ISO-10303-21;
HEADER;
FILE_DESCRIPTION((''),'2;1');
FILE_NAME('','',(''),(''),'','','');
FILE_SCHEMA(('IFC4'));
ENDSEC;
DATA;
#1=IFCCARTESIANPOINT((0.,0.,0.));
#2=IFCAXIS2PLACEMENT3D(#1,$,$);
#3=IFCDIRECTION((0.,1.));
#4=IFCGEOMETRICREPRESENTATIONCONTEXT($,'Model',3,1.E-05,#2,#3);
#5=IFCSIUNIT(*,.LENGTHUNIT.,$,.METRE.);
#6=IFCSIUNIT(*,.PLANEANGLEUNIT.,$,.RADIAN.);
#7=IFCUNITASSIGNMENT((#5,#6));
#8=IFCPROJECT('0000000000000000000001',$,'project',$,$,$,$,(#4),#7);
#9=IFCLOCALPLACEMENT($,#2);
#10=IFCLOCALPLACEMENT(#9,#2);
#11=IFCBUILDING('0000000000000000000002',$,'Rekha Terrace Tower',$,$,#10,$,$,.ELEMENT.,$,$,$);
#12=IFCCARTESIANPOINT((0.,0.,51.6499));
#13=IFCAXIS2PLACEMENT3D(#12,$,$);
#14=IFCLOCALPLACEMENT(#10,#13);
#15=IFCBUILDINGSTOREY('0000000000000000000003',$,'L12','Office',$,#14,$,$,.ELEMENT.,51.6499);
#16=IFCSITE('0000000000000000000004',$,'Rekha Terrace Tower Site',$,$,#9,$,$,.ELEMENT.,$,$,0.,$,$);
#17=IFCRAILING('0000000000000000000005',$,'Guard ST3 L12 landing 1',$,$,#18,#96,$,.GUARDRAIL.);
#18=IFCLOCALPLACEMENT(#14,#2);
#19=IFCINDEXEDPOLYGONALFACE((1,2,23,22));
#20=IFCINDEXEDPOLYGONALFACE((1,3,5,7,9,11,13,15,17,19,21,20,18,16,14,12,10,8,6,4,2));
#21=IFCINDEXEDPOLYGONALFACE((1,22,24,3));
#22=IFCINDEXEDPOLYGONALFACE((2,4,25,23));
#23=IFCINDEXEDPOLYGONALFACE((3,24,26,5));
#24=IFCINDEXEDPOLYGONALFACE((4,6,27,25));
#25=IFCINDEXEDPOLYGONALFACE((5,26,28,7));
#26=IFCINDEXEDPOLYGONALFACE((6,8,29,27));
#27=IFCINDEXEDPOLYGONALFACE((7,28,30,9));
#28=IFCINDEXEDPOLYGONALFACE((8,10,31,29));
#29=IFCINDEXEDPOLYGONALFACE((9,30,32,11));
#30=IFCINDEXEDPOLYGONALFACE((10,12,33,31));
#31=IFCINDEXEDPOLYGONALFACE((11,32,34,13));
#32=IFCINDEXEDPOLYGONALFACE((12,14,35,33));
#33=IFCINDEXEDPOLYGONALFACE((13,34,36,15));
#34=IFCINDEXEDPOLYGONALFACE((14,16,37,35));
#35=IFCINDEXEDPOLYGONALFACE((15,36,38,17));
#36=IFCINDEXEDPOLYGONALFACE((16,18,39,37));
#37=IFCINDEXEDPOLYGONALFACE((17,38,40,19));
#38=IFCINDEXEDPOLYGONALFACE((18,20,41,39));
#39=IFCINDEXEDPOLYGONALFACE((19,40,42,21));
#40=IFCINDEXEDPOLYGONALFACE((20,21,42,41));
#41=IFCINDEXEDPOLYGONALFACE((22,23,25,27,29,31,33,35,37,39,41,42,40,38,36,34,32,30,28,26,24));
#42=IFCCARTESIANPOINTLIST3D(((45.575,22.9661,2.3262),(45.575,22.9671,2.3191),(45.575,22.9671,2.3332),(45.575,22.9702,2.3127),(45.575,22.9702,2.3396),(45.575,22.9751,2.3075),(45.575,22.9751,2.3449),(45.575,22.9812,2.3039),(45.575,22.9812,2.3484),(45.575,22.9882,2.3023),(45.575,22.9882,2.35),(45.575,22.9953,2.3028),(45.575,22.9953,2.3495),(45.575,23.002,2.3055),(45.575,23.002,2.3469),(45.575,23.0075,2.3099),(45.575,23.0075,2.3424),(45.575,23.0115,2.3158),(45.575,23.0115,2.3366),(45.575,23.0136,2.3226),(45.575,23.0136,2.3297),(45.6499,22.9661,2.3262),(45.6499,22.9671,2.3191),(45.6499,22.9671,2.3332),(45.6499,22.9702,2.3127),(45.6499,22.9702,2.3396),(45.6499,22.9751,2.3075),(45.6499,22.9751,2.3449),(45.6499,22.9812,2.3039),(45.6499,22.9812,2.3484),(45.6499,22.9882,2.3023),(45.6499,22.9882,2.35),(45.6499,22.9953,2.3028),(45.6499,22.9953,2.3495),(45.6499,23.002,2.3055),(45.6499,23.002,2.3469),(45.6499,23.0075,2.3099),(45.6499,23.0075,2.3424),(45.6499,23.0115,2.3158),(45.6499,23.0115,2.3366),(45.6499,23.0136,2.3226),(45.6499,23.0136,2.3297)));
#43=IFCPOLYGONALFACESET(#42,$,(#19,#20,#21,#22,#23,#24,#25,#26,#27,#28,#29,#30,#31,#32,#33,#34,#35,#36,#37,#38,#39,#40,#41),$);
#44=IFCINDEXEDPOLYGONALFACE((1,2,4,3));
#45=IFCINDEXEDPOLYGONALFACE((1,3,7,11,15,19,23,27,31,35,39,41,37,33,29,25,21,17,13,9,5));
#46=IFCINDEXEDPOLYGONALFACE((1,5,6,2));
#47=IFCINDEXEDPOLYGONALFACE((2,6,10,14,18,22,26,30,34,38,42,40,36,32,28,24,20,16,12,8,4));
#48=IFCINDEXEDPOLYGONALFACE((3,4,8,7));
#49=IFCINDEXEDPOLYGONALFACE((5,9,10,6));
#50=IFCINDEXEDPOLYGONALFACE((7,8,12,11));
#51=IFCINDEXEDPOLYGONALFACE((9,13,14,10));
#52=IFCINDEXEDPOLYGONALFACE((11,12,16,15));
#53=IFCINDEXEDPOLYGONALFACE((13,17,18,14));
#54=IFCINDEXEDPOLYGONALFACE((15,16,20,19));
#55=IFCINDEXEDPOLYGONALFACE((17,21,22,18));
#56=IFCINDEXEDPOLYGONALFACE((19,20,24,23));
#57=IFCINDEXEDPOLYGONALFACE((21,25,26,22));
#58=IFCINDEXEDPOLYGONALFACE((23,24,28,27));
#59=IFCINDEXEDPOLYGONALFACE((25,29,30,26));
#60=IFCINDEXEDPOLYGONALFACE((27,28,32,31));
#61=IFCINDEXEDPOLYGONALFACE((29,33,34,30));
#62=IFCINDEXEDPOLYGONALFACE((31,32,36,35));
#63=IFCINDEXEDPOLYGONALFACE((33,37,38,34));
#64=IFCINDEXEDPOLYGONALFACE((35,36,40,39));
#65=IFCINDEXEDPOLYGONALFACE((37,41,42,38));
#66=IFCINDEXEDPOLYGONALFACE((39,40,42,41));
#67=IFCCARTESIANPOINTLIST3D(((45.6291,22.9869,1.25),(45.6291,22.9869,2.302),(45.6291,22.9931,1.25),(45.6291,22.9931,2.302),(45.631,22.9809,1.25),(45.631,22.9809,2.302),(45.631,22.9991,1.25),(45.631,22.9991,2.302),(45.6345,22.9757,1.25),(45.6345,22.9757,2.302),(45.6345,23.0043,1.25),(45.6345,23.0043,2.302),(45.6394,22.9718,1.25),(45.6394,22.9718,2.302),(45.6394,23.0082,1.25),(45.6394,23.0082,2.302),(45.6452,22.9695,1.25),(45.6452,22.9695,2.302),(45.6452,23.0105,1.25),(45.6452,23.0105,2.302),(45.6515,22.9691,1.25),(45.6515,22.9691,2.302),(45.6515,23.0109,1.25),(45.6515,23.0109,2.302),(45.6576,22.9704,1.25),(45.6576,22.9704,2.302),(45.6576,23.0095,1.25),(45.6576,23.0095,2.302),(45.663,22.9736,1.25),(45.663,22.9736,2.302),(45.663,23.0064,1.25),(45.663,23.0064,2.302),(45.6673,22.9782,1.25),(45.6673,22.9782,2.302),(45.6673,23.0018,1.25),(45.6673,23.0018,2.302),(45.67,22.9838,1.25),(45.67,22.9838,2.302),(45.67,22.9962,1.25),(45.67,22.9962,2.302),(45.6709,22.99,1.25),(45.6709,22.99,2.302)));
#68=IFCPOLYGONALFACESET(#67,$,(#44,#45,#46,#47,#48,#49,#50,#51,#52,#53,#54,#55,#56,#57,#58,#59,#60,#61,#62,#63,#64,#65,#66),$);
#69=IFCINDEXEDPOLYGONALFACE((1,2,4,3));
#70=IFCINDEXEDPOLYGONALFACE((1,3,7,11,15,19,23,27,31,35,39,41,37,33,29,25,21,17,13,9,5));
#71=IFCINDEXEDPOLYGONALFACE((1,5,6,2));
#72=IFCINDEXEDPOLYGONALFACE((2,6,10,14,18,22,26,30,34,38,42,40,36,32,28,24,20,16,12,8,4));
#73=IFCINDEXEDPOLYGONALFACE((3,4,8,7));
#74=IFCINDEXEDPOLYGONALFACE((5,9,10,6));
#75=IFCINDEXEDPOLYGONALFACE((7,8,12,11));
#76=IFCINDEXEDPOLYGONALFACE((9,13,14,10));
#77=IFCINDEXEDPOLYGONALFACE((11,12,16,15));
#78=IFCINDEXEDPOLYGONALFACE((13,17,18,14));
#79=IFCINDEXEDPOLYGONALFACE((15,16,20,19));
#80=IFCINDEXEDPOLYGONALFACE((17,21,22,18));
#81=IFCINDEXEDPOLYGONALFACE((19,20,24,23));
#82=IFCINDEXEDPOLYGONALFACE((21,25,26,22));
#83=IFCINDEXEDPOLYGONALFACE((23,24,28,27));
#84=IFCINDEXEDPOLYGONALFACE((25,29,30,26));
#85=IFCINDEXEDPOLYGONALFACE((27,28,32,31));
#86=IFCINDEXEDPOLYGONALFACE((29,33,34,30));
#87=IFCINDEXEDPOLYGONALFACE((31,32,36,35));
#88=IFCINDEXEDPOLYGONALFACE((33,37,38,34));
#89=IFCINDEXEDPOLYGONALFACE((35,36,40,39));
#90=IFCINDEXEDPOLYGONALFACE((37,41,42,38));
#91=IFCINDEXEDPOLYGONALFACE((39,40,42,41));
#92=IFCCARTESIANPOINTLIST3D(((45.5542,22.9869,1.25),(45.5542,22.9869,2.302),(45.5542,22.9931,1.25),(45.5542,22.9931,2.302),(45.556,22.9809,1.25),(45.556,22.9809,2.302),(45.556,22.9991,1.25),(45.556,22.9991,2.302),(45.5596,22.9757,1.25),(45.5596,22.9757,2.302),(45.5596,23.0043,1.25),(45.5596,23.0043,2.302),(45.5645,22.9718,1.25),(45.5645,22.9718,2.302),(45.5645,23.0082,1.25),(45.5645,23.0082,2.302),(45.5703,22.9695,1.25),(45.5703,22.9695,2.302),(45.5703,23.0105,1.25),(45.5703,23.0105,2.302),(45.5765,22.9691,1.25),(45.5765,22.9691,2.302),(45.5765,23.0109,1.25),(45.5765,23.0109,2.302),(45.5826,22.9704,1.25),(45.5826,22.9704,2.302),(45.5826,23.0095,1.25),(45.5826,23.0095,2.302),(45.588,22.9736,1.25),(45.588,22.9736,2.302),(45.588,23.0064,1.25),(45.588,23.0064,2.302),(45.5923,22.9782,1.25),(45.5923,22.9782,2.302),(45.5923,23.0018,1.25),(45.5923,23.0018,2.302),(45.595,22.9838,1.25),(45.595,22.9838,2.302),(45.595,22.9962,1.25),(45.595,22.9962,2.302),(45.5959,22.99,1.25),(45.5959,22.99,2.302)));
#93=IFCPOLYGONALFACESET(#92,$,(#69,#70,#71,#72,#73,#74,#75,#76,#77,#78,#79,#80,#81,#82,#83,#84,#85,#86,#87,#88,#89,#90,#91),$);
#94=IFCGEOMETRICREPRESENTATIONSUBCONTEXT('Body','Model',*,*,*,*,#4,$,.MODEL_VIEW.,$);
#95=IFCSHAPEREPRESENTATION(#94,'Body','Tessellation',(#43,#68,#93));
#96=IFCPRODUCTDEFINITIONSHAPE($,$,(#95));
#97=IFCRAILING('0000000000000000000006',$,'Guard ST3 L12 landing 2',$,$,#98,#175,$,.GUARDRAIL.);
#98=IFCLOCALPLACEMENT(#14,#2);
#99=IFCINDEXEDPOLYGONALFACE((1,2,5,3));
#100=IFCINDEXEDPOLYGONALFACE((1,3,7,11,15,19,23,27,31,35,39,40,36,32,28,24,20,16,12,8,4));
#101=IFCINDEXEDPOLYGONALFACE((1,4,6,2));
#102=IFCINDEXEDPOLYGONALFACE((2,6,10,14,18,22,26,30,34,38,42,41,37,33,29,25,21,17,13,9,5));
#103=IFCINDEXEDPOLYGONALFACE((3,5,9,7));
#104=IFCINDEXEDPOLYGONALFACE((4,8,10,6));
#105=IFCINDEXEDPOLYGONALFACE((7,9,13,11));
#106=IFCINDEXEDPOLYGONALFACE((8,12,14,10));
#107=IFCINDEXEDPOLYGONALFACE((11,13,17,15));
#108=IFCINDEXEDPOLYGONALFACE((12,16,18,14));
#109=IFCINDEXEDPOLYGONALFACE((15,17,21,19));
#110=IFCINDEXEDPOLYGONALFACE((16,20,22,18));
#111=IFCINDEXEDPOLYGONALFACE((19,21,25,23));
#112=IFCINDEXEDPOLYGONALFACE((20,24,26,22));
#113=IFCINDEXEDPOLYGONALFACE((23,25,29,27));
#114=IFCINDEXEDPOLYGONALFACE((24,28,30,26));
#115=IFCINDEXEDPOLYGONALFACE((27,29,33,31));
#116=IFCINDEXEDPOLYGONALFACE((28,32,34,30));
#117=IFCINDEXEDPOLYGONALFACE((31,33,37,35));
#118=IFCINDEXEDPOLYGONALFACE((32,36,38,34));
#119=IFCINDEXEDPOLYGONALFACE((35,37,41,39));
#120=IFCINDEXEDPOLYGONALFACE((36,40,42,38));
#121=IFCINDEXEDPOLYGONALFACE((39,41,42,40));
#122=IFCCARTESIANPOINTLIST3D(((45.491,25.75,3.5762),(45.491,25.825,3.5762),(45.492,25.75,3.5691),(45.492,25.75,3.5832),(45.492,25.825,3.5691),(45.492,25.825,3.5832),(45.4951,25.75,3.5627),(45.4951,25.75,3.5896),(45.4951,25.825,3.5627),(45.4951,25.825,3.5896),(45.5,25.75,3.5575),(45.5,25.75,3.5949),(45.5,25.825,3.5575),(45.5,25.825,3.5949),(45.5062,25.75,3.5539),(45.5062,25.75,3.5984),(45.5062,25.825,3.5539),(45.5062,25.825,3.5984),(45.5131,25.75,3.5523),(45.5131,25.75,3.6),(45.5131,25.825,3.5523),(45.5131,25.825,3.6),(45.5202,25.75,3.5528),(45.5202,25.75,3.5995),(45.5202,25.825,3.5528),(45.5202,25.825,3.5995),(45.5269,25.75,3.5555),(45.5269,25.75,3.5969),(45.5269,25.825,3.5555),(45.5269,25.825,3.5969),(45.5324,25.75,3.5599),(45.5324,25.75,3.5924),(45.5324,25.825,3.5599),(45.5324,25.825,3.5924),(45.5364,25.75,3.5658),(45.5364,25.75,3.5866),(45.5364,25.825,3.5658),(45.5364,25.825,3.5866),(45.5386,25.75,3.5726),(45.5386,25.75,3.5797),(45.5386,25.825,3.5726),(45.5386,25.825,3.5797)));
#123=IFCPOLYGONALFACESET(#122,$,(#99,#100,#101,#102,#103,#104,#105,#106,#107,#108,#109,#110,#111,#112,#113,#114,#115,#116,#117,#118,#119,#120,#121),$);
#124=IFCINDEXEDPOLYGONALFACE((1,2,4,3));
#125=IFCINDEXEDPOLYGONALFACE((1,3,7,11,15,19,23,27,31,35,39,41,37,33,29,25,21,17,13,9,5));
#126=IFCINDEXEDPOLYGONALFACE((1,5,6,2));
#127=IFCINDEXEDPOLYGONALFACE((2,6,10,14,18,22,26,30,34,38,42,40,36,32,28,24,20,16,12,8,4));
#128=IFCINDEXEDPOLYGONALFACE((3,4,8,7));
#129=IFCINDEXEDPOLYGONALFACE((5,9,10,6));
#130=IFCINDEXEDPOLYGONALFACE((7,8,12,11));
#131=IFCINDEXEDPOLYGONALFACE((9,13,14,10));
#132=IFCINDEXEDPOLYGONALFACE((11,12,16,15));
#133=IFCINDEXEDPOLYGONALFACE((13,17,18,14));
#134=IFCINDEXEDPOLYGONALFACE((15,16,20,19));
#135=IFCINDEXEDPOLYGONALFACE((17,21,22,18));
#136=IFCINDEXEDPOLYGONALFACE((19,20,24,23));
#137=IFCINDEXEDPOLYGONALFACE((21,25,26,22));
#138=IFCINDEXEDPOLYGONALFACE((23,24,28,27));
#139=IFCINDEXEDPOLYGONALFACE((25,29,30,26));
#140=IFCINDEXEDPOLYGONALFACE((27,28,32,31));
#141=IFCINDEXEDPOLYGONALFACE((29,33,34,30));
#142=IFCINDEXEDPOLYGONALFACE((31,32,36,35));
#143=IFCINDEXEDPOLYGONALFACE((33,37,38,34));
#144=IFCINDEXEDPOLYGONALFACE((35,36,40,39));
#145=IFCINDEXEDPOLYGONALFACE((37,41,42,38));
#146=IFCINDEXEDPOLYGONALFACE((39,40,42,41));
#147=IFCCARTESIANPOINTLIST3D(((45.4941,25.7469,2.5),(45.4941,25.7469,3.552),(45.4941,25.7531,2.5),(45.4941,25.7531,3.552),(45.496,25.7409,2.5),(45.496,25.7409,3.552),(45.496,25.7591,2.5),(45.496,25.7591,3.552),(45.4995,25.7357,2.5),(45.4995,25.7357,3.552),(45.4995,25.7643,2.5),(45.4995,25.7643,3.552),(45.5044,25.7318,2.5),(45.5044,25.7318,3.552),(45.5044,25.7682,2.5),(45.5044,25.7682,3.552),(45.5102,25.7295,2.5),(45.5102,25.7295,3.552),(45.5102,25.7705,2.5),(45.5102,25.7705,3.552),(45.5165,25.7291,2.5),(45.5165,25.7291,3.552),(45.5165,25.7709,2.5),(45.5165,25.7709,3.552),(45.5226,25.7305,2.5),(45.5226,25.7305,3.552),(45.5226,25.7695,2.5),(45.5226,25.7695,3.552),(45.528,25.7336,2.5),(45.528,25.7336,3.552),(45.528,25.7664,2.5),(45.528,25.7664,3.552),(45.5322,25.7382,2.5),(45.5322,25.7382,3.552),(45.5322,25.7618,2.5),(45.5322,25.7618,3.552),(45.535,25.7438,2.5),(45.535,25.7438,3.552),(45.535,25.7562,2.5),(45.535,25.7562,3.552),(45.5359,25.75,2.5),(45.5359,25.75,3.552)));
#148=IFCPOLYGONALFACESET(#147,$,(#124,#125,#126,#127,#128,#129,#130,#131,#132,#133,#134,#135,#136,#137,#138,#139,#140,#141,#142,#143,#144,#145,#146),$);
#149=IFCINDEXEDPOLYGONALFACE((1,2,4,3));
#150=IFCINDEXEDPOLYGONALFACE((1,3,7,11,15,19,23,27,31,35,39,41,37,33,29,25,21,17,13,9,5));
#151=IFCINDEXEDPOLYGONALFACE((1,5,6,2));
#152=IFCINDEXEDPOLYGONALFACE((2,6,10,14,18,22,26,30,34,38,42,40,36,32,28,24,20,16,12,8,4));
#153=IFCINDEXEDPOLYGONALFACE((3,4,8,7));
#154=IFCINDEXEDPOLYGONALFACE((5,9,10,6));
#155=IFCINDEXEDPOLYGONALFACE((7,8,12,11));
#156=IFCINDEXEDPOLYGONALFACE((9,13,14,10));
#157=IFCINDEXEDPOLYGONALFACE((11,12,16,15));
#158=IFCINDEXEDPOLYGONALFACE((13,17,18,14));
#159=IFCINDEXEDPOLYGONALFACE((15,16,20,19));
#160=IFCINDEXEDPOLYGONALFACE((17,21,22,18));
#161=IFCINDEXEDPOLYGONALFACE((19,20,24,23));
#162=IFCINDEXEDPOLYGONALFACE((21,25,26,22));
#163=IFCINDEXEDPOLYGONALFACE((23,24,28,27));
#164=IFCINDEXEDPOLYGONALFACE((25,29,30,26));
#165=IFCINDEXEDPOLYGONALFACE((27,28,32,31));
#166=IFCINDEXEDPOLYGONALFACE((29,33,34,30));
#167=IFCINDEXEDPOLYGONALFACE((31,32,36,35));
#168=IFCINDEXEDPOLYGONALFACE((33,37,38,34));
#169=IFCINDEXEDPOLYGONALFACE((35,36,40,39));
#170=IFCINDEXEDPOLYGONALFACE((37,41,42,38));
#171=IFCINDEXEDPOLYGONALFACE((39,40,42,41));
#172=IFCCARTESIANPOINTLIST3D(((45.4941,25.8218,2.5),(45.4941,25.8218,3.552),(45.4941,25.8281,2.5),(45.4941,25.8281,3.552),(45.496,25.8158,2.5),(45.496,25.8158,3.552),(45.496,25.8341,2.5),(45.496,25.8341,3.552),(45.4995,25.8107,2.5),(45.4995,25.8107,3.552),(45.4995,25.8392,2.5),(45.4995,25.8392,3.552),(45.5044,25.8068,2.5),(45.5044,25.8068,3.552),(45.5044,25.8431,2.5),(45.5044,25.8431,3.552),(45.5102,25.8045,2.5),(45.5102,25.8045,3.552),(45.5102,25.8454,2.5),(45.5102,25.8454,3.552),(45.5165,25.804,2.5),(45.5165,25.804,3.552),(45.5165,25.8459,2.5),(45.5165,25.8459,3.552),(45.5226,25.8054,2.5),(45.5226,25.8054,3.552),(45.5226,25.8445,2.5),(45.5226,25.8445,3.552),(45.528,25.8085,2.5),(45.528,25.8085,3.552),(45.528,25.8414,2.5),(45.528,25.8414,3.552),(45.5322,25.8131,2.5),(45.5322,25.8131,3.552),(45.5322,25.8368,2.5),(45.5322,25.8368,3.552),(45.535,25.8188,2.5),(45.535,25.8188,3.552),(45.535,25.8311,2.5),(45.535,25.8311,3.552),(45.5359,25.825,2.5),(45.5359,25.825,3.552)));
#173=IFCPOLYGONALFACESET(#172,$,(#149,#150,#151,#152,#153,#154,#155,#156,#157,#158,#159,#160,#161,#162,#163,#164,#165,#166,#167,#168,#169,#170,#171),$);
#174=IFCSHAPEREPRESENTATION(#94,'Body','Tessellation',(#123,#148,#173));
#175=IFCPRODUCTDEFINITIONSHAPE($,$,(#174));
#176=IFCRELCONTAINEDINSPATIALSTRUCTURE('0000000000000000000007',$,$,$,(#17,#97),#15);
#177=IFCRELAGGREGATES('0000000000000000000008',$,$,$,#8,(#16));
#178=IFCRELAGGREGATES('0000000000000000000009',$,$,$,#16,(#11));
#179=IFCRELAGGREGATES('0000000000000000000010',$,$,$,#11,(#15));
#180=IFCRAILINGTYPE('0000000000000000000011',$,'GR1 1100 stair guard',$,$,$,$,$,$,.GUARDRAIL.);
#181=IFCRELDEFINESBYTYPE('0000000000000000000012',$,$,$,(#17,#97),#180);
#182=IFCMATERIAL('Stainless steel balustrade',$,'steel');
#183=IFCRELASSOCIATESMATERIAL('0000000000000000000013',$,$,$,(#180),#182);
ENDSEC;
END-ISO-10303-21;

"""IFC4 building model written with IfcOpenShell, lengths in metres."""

from ifc_helpers import new_model, si_unit, direction, frame, origin, origin_2d, place, context, subcontext, project, spatial, circle, extrude, material, type_object, element, save


model = new_model("IFC4")

# Units and contexts
model_context = context("Model", 3, precision=1e-05, world=origin(), true_north=direction((0.0, 1.0)))
body_context = subcontext(model_context, "Body", "Model", "MODEL_VIEW")
ifc_project = project(units=[si_unit("LENGTHUNIT", "METRE"), si_unit("PLANEANGLEUNIT", "RADIAN")], contexts=[model_context])

# Site, building, storey
site_placement = place(None, origin())
site = spatial("IfcSite", under=ifc_project, at=site_placement, Name="Rekha Terrace Tower Site", CompositionType="ELEMENT", RefElevation=0.0)
building_placement = place(site_placement, origin())
building = spatial("IfcBuilding", under=site, at=building_placement, Name="Rekha Terrace Tower", CompositionType="ELEMENT")
storey_placement = place(building_placement, frame((0.0, 0.0, 51.6499)))
storey = spatial("IfcBuildingStorey", under=building, at=storey_placement, Name="L12", Description="Office", CompositionType="ELEMENT", Elevation=51.6499)

# Railings
ifc_material_1 = material(Name="Stainless steel balustrade", Category="steel")
railing_type_1 = type_object("IfcRailingType", Name="GR1 1100 stair guard", PredefinedType="GUARDRAIL", material=ifc_material_1)
railing_1_placement = place(storey_placement, frame((45.6499, 22.99, 1.25)))
element("IfcRailing", 1, at=railing_1_placement, inside=storey, type_object=railing_type_1, Name="Guard ST3 L12 landing 1", PredefinedType="GUARDRAIL", context=body_context, shape_type="SweptSolid", body=[
    extrude(circle(Radius=0.0239, at=origin_2d()), frame((0.0, 0.0, 1.0762), z_axis=(-1.0, 0.0, 0.0), x_axis=(0.0, -1.0, 0.0)), (0.0, 0.0, 1.0), 0.075),
    extrude(circle(Radius=0.021, at=origin_2d()), origin(), (0.0, 0.0, 1.0), 1.052),
    extrude(circle(Radius=0.021, at=origin_2d()), frame((-0.075, 0.0, 0.0)), (0.0, 0.0, 1.0), 1.052),
])
railing_2_placement = place(storey_placement, frame((45.5149, 25.75, 2.5)))
element("IfcRailing", 2, at=railing_2_placement, inside=storey, type_object=railing_type_1, Name="Guard ST3 L12 landing 2", PredefinedType="GUARDRAIL", context=body_context, shape_type="SweptSolid", body=[
    extrude(circle(Radius=0.0239, at=origin_2d()), frame((0.0, 0.0, 1.0762), z_axis=(0.0, 1.0, 0.0), x_axis=(-1.0, 0.0, 0.0)), (0.0, 0.0, 1.0), 0.075),
    extrude(circle(Radius=0.021, at=origin_2d()), origin(), (0.0, 0.0, 1.0), 1.052),
    extrude(circle(Radius=0.021, at=origin_2d()), frame((0.0, 0.075, 0.0)), (0.0, 0.0, 1.0), 1.052),
])

save(model, "model.ifc")
